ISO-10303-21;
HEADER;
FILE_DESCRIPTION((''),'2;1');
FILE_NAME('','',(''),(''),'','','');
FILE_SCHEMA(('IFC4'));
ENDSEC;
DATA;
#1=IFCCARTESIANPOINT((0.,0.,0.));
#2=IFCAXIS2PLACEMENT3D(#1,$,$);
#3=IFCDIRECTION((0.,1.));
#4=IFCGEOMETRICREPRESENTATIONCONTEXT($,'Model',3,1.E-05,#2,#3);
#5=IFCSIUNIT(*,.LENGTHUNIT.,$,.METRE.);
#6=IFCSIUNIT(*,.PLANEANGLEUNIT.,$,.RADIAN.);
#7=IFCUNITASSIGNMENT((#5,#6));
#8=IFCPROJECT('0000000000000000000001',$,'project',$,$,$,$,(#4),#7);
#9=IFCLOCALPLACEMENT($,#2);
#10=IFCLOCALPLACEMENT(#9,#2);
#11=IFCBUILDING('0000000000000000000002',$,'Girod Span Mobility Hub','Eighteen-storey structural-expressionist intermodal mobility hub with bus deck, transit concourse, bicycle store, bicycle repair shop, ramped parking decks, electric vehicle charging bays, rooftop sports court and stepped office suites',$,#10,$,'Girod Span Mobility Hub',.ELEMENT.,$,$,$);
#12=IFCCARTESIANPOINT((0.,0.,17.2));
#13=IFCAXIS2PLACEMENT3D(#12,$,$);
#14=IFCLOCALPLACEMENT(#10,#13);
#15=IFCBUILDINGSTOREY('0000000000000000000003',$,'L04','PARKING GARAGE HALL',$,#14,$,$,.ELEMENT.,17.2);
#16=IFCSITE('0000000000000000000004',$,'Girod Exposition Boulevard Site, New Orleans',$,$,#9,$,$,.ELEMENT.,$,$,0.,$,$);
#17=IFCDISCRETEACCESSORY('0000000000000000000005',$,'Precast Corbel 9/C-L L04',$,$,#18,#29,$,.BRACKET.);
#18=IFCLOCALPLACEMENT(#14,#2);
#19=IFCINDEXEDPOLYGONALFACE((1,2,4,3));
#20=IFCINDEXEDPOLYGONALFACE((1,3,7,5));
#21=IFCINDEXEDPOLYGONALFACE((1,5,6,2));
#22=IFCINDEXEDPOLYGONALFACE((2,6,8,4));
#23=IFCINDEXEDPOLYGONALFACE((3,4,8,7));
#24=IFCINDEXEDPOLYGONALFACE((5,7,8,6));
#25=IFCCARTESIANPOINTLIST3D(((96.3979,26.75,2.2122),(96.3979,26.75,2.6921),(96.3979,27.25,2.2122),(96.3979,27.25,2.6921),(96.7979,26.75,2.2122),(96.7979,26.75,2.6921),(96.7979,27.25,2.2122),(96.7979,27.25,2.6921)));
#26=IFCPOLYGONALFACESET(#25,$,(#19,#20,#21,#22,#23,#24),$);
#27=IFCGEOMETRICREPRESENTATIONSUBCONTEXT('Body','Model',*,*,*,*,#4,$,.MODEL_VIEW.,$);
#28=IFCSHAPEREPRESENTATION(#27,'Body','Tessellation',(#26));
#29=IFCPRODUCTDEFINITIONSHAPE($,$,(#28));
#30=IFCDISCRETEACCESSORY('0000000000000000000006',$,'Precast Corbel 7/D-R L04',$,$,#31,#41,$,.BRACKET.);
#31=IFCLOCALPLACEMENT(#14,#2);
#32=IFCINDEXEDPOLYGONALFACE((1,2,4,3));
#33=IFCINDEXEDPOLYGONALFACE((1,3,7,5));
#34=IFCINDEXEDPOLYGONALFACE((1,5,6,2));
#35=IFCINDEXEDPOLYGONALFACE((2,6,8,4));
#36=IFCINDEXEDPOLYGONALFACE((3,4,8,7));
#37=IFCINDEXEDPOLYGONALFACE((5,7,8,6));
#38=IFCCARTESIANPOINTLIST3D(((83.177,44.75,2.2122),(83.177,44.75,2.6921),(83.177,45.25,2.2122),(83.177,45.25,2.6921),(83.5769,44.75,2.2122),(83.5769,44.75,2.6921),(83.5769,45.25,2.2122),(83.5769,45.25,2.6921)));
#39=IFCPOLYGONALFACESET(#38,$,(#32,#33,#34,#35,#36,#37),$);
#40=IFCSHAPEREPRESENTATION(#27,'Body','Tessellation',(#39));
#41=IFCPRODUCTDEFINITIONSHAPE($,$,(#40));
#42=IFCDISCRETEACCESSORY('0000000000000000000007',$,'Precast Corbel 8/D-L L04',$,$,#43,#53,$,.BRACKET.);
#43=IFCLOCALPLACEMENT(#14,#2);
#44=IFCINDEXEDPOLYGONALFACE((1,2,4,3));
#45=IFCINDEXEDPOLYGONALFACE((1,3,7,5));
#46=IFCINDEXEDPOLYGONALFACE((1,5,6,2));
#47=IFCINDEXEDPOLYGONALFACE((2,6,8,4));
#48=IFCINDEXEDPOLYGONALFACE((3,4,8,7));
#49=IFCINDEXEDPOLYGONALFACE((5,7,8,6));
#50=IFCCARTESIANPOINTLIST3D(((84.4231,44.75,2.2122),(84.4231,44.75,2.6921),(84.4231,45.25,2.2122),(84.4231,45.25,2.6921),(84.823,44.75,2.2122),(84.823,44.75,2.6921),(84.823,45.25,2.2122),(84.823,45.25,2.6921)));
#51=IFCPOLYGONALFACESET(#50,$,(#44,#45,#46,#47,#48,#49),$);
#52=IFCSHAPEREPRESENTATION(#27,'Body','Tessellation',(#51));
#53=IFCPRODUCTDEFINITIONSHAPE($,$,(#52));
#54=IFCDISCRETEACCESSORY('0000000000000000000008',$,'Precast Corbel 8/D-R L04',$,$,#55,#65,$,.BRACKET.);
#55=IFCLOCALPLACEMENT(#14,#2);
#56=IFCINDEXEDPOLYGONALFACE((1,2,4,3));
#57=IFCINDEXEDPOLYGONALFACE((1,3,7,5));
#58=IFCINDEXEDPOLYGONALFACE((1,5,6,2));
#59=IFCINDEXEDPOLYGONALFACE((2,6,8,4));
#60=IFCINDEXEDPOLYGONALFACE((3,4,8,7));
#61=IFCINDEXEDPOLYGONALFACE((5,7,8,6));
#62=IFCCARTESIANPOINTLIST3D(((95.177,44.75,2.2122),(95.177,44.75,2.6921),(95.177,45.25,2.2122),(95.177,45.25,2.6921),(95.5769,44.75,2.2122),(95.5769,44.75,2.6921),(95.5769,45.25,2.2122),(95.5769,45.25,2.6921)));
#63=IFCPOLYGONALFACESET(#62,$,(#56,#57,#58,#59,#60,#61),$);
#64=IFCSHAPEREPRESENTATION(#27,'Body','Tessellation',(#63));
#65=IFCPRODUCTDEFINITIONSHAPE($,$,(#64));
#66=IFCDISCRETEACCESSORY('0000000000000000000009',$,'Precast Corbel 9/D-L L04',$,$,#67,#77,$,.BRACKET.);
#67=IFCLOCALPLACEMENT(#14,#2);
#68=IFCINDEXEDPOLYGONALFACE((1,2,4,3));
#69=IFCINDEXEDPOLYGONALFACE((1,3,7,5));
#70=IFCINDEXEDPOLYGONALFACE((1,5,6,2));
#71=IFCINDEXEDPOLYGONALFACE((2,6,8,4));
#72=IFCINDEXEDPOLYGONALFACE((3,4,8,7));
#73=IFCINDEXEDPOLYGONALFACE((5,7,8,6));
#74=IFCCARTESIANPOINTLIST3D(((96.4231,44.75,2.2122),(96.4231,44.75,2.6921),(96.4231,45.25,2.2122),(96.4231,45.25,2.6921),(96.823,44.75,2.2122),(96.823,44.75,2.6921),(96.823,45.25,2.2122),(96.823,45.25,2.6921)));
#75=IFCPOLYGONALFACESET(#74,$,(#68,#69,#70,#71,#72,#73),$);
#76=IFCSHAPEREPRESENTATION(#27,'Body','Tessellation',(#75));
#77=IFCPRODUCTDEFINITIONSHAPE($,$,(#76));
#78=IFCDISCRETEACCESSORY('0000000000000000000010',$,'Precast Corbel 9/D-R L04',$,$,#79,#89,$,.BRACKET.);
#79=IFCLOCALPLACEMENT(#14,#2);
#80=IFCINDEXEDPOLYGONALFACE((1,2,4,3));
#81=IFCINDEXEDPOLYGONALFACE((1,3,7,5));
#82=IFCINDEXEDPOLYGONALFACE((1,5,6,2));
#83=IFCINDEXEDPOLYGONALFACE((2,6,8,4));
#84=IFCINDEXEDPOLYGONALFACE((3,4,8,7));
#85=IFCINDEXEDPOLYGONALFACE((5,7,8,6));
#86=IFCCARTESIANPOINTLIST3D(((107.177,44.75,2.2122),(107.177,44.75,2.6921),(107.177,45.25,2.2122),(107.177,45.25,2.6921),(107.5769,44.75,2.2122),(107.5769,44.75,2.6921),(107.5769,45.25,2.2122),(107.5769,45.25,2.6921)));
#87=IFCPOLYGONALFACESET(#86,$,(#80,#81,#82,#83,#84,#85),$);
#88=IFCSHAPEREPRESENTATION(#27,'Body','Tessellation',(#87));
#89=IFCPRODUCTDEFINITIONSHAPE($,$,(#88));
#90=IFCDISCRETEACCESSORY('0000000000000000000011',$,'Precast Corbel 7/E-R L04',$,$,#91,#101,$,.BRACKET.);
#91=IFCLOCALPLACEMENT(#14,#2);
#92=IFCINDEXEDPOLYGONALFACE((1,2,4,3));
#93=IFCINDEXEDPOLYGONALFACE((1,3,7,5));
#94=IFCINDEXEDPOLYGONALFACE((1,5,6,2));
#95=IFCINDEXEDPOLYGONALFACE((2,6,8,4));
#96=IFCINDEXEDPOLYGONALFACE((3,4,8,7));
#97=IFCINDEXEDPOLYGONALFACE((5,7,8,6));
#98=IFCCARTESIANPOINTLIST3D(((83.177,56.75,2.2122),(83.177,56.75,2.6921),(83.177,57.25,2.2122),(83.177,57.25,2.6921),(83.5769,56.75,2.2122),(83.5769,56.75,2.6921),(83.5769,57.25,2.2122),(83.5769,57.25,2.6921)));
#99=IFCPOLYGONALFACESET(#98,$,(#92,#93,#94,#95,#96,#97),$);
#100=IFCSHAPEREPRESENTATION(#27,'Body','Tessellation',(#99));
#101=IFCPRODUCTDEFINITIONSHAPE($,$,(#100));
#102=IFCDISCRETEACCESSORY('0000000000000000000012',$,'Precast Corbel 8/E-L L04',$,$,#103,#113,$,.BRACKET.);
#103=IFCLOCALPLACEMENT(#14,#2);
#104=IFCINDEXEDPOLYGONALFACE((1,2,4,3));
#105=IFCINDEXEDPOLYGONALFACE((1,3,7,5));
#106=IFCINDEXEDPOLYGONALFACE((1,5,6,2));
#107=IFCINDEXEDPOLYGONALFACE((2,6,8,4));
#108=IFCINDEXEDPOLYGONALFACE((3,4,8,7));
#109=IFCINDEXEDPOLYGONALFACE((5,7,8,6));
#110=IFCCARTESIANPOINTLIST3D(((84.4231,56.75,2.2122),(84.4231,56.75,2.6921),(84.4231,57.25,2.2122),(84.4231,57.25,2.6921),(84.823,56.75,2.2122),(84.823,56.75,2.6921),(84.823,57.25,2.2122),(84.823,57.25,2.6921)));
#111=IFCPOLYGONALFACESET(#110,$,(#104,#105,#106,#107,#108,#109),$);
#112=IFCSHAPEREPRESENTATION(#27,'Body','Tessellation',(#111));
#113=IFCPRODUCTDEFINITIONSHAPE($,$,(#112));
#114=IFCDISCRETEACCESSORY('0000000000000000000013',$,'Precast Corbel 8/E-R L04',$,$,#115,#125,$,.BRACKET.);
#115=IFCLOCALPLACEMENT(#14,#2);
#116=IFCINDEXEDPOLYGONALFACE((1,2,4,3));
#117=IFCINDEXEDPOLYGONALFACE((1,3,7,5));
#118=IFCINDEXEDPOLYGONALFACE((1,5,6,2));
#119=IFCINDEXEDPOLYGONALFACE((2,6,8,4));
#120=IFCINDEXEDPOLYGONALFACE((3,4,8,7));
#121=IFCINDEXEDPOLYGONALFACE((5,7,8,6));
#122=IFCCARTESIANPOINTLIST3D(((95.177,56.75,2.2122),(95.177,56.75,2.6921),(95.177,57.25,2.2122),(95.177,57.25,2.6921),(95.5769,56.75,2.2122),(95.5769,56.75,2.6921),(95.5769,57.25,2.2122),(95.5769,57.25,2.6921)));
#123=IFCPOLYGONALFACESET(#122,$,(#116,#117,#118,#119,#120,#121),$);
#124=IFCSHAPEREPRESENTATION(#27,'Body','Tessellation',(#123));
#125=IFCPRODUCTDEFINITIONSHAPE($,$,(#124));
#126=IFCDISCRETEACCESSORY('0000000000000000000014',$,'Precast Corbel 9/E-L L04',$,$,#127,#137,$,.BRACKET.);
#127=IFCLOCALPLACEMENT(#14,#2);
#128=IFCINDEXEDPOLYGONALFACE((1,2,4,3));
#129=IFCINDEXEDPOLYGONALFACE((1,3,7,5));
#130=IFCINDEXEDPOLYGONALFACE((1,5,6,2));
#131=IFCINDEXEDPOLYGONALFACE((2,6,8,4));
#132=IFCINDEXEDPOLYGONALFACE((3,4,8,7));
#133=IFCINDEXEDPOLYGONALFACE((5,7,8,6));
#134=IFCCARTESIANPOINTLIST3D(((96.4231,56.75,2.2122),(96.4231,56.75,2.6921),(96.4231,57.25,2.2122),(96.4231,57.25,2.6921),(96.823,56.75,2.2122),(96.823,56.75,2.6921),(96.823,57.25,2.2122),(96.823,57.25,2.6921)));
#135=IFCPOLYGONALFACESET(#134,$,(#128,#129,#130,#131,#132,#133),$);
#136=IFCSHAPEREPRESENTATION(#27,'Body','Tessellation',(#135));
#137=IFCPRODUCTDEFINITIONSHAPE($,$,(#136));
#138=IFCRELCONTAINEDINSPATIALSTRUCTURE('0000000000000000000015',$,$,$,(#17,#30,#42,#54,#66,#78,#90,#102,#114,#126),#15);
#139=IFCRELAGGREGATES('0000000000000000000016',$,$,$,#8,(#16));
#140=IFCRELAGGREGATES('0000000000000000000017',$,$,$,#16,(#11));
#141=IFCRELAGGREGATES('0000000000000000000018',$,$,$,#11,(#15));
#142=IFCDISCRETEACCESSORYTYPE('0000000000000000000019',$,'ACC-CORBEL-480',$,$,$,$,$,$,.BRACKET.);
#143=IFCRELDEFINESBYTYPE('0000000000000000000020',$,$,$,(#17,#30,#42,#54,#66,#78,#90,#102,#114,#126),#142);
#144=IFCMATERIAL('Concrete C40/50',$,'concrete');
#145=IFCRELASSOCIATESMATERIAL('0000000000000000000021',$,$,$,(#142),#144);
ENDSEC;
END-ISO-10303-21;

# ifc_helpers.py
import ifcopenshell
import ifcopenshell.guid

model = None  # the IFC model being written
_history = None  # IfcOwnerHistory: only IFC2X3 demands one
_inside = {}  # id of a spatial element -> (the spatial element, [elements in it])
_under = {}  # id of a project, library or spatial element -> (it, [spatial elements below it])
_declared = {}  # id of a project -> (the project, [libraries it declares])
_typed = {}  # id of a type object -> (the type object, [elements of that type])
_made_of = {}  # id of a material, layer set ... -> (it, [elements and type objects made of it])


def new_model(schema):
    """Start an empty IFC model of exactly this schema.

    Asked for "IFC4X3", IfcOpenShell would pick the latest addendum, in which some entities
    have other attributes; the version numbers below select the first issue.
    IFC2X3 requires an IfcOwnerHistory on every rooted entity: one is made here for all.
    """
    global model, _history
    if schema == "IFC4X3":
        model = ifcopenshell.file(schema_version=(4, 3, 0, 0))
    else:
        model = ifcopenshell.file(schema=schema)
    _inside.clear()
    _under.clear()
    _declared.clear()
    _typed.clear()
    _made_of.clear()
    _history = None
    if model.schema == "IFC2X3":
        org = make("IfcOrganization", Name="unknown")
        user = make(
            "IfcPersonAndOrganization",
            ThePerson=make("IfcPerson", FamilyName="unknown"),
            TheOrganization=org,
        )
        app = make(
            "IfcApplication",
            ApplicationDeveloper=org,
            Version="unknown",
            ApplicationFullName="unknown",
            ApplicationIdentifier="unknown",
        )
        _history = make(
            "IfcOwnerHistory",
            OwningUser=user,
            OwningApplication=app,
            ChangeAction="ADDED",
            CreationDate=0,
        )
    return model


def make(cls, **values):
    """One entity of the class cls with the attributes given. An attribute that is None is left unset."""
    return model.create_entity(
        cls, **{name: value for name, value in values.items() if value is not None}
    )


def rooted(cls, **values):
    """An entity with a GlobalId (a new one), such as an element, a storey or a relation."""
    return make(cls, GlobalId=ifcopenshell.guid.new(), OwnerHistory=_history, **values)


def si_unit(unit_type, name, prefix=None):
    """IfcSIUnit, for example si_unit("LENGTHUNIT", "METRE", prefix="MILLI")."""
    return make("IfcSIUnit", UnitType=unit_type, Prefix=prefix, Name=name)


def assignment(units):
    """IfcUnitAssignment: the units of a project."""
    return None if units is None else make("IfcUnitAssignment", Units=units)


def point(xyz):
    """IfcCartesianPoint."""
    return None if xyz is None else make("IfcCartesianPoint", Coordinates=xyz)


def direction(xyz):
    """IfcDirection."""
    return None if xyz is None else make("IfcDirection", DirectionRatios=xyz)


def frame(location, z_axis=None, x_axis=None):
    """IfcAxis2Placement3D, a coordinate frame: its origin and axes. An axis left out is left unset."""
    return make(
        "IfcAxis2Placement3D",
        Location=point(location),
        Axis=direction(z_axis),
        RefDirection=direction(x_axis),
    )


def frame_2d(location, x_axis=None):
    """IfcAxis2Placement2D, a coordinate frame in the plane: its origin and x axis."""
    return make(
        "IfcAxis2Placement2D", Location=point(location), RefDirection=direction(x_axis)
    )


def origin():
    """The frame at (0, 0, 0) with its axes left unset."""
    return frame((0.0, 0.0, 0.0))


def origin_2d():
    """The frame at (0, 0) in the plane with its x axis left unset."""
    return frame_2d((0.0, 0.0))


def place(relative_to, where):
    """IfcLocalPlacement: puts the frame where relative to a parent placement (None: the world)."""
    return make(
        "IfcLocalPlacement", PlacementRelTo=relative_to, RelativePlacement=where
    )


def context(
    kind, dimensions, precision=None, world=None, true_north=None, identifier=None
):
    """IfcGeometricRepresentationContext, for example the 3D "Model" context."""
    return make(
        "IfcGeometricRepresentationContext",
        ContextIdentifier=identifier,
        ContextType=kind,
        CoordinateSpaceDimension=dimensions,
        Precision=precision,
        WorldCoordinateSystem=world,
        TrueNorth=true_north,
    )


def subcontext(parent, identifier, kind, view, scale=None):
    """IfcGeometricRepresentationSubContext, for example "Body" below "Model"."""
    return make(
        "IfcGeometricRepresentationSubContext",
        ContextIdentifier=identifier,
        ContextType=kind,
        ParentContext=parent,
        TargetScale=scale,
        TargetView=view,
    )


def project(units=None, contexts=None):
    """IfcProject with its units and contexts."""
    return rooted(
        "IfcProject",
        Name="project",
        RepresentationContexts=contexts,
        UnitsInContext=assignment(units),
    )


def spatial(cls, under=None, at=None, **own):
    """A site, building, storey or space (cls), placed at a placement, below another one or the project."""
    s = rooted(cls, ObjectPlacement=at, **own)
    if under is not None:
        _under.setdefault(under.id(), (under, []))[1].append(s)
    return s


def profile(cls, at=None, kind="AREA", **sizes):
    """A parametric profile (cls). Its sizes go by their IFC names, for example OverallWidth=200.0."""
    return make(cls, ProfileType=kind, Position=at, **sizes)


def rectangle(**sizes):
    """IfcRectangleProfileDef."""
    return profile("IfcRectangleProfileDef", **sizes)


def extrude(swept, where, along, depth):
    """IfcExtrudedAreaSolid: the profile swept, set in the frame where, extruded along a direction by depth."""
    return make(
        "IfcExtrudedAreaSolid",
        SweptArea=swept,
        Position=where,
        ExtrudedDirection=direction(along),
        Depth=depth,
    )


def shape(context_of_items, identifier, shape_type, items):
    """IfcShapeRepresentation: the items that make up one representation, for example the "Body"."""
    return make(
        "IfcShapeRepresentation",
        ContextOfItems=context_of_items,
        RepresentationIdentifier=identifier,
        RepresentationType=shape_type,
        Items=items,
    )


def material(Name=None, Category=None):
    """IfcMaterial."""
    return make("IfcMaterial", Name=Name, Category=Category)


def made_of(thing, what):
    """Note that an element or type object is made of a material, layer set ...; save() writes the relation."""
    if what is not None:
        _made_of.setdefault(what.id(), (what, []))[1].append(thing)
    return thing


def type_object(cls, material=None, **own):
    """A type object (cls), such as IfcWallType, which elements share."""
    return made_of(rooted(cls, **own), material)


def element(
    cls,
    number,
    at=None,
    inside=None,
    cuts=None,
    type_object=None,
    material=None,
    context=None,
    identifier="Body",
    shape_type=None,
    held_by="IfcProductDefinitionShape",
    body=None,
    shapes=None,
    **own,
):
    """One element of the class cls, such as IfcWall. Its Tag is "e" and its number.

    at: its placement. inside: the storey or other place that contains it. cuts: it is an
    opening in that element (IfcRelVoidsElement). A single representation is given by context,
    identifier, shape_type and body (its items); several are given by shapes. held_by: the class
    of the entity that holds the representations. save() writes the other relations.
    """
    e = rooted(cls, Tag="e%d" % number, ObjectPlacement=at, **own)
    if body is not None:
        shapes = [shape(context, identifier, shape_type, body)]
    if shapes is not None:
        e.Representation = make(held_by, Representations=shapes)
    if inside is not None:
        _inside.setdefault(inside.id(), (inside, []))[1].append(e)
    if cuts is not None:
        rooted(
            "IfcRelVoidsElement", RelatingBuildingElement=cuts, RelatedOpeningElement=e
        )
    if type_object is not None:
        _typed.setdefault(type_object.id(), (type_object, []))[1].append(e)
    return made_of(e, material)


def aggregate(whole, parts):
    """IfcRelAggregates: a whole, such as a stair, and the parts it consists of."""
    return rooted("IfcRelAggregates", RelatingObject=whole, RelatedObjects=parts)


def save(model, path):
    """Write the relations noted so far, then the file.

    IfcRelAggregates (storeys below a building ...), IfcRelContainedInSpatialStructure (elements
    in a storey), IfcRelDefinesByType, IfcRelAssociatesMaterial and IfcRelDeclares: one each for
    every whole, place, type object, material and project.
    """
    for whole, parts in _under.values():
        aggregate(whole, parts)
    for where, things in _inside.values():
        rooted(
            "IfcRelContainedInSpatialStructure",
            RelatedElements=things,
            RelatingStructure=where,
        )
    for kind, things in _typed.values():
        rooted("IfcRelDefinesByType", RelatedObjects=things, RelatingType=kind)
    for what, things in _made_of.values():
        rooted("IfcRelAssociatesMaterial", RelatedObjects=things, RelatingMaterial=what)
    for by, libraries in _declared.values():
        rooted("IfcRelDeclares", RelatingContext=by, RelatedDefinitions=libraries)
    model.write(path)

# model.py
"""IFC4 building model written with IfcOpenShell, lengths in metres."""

from ifc_helpers import new_model, si_unit, direction, frame, origin, origin_2d, place, context, subcontext, project, spatial, rectangle, extrude, material, type_object, element, save


model = new_model("IFC4")

# Units and contexts
model_context = context("Model", 3, precision=1e-05, world=origin(), true_north=direction((0.0, 1.0)))
body_context = subcontext(model_context, "Body", "Model", "MODEL_VIEW")
ifc_project = project(units=[si_unit("LENGTHUNIT", "METRE"), si_unit("PLANEANGLEUNIT", "RADIAN")], contexts=[model_context])

# Site, building, storey
site_placement = place(None, origin())
site = spatial("IfcSite", under=ifc_project, at=site_placement, Name="Girod Exposition Boulevard Site, New Orleans", CompositionType="ELEMENT", RefElevation=0.0)
building_placement = place(site_placement, origin())
building = spatial("IfcBuilding", under=site, at=building_placement, Name="Girod Span Mobility Hub", Description="Eighteen-storey structural-expressionist intermodal mobility hub with bus deck, transit concourse, bicycle store, bicycle repair shop, ramped parking decks, electric vehicle charging bays, rooftop sports court and stepped office suites", LongName="Girod Span Mobility Hub", CompositionType="ELEMENT")
storey_placement = place(building_placement, frame((0.0, 0.0, 17.2)))
storey = spatial("IfcBuildingStorey", under=building, at=storey_placement, Name="L04", Description="PARKING GARAGE HALL", CompositionType="ELEMENT", Elevation=17.2)

# Discrete accessories
ifc_material_1 = material(Name="Concrete C40/50", Category="concrete")
discrete_accessory_type = type_object("IfcDiscreteAccessoryType", Name="ACC-CORBEL-480", PredefinedType="BRACKET", material=ifc_material_1)
for number, where, z_axis, x_axis, name in (
    (1, (96.5979, 27.0, 2.2122), (0.0, 0.0, 1.0), (1.0, 0.0, 0.0), "Precast Corbel 9/C-L L04"),
    (2, (83.377, 45.0, 2.2122), (0.0, 0.0, 1.0), (1.0, 0.0, 0.0), "Precast Corbel 7/D-R L04"),
    (3, (84.623, 45.0, 2.2122), (0.0, 0.0, 1.0), (1.0, 0.0, 0.0), "Precast Corbel 8/D-L L04"),
    (4, (95.377, 45.0, 2.2122), (0.0, 0.0, 1.0), (1.0, 0.0, 0.0), "Precast Corbel 8/D-R L04"),
    (5, (96.623, 45.0, 2.2122), (0.0, 0.0, 1.0), (1.0, 0.0, 0.0), "Precast Corbel 9/D-L L04"),
    (6, (107.377, 45.0, 2.2122), (0.0, 0.0, 1.0), (1.0, 0.0, 0.0), "Precast Corbel 9/D-R L04"),
    (7, (83.377, 57.0, 2.2122), (0.0, 0.0, 1.0), (1.0, 0.0, 0.0), "Precast Corbel 7/E-R L04"),
    (8, (84.623, 57.0, 2.2122), (0.0, 0.0, 1.0), (1.0, 0.0, 0.0), "Precast Corbel 8/E-L L04"),
    (9, (95.377, 57.0, 2.2122), (0.0, 0.0, 1.0), (1.0, 0.0, 0.0), "Precast Corbel 8/E-R L04"),
    (10, (96.623, 57.0, 2.2122), (0.0, 0.0, 1.0), (1.0, 0.0, 0.0), "Precast Corbel 9/E-L L04"),
):
    element("IfcDiscreteAccessory", number, at=place(storey_placement, frame(where, z_axis=z_axis, x_axis=x_axis)), inside=storey, type_object=discrete_accessory_type, Name=name, PredefinedType="BRACKET", context=body_context, shape_type="SweptSolid", body=[
        extrude(rectangle(XDim=0.3999, YDim=0.5, at=origin_2d()), origin(), (0.0, 0.0, 1.0), 0.48),
    ])

save(model, "model.ifc")
